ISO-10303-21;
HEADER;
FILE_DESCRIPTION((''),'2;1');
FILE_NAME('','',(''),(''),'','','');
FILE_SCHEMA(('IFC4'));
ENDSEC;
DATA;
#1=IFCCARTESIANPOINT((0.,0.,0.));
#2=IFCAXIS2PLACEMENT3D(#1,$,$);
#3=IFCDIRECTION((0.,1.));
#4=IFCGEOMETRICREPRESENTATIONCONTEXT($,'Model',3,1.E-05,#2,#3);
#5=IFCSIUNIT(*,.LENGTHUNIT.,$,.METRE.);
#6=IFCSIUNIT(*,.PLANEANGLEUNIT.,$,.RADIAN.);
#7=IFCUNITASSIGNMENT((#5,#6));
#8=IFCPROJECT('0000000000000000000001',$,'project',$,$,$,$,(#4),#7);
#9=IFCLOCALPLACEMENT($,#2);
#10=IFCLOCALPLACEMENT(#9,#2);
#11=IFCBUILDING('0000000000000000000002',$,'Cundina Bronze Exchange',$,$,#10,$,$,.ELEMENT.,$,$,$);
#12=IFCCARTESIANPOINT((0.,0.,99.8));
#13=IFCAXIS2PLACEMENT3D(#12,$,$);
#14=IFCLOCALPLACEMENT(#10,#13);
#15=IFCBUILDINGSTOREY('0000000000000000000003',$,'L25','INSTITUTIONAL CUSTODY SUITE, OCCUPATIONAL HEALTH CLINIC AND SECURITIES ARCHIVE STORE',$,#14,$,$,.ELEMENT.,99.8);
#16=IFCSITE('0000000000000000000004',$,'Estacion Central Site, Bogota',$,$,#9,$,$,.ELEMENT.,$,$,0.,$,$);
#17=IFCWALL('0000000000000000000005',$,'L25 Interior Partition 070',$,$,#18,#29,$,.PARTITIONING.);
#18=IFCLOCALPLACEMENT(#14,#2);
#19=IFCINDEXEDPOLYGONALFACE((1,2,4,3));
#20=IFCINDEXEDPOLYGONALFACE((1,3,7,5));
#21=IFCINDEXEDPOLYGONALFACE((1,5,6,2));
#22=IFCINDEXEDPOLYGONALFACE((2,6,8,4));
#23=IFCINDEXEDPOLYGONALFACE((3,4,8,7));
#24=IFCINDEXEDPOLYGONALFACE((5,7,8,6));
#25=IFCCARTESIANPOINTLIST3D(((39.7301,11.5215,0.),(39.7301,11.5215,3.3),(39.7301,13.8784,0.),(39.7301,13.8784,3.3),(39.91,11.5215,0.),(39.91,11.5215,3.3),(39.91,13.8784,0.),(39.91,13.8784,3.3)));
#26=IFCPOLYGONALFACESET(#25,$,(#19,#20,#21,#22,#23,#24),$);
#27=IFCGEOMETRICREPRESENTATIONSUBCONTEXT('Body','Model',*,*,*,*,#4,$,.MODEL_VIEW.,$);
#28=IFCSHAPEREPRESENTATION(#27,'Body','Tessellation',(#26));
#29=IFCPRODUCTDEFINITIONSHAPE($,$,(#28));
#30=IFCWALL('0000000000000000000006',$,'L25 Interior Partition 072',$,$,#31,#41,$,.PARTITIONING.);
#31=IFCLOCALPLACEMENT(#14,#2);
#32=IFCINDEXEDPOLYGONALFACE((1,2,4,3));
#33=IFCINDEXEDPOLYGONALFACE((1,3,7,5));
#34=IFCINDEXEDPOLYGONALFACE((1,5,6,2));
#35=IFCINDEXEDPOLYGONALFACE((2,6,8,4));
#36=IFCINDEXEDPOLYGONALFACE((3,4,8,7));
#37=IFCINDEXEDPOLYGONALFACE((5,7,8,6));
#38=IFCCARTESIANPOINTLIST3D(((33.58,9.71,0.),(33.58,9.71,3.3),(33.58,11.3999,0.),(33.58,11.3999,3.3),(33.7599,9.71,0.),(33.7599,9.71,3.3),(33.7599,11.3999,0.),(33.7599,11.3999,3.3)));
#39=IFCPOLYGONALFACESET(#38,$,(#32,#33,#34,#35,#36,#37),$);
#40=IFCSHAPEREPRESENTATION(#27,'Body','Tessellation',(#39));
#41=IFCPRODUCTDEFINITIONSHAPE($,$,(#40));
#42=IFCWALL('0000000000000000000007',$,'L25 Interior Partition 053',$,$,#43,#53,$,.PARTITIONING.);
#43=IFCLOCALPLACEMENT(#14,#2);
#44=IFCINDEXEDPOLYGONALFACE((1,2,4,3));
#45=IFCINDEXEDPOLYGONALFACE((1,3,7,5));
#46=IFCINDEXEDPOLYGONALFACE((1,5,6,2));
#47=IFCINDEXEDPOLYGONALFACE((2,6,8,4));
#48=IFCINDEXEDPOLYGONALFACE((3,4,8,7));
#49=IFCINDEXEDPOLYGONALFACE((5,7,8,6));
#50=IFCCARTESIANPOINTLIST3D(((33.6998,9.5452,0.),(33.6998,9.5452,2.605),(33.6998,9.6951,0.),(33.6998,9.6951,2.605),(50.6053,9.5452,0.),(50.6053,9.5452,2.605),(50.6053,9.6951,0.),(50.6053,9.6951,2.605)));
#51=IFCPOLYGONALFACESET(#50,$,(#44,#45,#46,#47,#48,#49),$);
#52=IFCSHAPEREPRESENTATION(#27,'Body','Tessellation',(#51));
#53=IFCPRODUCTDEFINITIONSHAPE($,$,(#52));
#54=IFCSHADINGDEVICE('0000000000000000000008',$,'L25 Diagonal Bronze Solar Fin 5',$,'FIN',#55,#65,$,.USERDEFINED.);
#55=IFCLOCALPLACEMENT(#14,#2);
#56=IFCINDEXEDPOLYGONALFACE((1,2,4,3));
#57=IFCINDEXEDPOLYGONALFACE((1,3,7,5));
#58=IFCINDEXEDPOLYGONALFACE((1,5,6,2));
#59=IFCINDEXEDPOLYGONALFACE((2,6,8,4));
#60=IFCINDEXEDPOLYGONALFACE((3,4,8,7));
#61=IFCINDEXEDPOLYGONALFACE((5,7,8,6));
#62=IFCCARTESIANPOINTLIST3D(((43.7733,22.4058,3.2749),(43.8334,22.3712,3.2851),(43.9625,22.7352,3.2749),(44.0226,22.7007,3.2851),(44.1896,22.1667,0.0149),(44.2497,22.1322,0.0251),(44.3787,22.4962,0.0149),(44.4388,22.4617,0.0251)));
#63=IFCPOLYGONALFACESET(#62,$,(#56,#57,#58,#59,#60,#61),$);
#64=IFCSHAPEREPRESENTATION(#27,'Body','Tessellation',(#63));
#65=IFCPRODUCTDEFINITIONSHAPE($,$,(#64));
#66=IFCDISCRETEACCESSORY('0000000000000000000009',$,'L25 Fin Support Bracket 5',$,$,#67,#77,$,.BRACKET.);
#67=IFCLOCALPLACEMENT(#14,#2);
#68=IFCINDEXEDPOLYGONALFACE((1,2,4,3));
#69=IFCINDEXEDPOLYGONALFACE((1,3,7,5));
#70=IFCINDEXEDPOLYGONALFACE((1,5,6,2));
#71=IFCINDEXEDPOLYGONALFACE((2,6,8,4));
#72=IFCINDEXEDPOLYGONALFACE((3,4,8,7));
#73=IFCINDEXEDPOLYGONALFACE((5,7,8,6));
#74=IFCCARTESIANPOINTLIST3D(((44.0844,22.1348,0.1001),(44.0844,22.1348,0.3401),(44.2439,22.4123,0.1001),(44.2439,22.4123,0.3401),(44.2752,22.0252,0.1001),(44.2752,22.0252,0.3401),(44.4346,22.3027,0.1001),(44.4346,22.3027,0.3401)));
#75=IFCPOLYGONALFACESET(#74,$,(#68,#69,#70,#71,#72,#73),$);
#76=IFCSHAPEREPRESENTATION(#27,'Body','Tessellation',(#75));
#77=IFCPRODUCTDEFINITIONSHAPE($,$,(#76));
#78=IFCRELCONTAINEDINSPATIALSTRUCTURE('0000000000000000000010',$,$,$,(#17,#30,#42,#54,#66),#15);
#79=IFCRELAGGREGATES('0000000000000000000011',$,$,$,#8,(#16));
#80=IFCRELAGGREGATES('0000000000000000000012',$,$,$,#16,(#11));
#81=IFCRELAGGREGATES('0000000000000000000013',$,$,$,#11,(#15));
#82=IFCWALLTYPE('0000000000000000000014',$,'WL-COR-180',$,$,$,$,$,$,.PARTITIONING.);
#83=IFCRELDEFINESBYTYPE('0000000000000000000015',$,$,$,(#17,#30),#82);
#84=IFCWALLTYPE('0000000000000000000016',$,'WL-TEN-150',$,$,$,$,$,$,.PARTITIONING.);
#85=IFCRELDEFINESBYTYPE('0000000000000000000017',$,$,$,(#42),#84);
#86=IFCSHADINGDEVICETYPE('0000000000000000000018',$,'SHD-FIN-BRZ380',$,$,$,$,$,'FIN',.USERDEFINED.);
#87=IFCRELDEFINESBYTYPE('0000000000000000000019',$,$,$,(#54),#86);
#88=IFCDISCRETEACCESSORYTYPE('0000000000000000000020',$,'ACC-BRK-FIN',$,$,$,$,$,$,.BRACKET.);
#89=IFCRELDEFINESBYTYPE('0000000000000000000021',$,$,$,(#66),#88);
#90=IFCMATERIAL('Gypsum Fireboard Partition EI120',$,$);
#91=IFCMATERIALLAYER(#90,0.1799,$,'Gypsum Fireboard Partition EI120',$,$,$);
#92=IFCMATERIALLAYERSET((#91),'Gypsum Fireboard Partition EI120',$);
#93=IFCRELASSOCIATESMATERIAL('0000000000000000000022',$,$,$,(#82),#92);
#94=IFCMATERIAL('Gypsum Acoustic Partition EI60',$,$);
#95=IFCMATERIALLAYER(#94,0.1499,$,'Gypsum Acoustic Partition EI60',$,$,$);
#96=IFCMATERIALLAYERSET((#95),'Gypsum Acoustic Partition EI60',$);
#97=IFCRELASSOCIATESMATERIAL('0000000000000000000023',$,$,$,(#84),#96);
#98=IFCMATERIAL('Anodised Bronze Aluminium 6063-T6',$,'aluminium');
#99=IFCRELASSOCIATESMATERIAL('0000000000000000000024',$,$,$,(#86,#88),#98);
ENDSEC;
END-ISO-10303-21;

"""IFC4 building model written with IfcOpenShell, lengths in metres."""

from ifc_helpers import new_model, si_unit, direction, frame, frame_2d, origin, origin_2d, place, context, subcontext, project, spatial, rectangle, extrude, material, layer, layer_set, material_profile, profile_set, type_object, element, save


model = new_model("IFC4")

# Units and contexts
model_context = context("Model", 3, precision=1e-05, world=origin(), true_north=direction((0.0, 1.0)))
body_context = subcontext(model_context, "Body", "Model", "MODEL_VIEW")
ifc_project = project(units=[si_unit("LENGTHUNIT", "METRE"), si_unit("PLANEANGLEUNIT", "RADIAN")], contexts=[model_context])

# Site, building, storey
site_placement = place(None, origin())
site = spatial("IfcSite", under=ifc_project, at=site_placement, Name="Estacion Central Site, Bogota", CompositionType="ELEMENT", RefElevation=0.0)
building_placement = place(site_placement, origin())
building = spatial("IfcBuilding", under=site, at=building_placement, Name="Cundina Bronze Exchange", CompositionType="ELEMENT")
storey_placement = place(building_placement, frame((0.0, 0.0, 99.8)))
storey = spatial("IfcBuildingStorey", under=building, at=storey_placement, Name="L25", Description="INSTITUTIONAL CUSTODY SUITE, OCCUPATIONAL HEALTH CLINIC AND SECURITIES ARCHIVE STORE", CompositionType="ELEMENT", Elevation=99.8)

# Shared definitions
ifc_material_1 = material(Name="Anodised Bronze Aluminium 6063-T6", Category="aluminium")

# Shared definitions
ifc_material_2 = material(Name="Gypsum Fireboard Partition EI120")
ifc_layer_1 = layer(ifc_material_2, 0.1799, Name="Gypsum Fireboard Partition EI120")
ifc_layer_set_1 = layer_set([ifc_layer_1], Name="Gypsum Fireboard Partition EI120")
wall_type_1 = type_object("IfcWallType", Name="WL-COR-180", PredefinedType="PARTITIONING", material=ifc_layer_set_1)

# Walls
wall_1_placement = place(storey_placement, frame((39.8201, 11.5215, 0.0), z_axis=(0.0, 0.0, 1.0), x_axis=(0.0, 1.0, 0.0)))
element("IfcWall", 1, at=wall_1_placement, inside=storey, type_object=wall_type_1, Name="L25 Interior Partition 070", PredefinedType="PARTITIONING", context=body_context, shape_type="SweptSolid", body=[
    extrude(rectangle(XDim=2.3569, YDim=0.1799, at=frame_2d((1.1785, 0.0))), origin(), (0.0, 0.0, 1.0), 3.3),
])
wall_2_placement = place(storey_placement, frame((33.6699, 9.71, 0.0), z_axis=(0.0, 0.0, 1.0), x_axis=(0.0, 1.0, 0.0)))
element("IfcWall", 2, at=wall_2_placement, inside=storey, type_object=wall_type_1, Name="L25 Interior Partition 072", PredefinedType="PARTITIONING", context=body_context, shape_type="SweptSolid", body=[
    extrude(rectangle(XDim=1.6899, YDim=0.1799, at=frame_2d((0.845, 0.0))), origin(), (0.0, 0.0, 1.0), 3.3),
])
ifc_material_3 = material(Name="Gypsum Acoustic Partition EI60")
ifc_layer_2 = layer(ifc_material_3, 0.1499, Name="Gypsum Acoustic Partition EI60")
ifc_layer_set_2 = layer_set([ifc_layer_2], Name="Gypsum Acoustic Partition EI60")
wall_type_2 = type_object("IfcWallType", Name="WL-TEN-150", PredefinedType="PARTITIONING", material=ifc_layer_set_2)
wall_3_placement = place(storey_placement, frame((33.7, 9.6201, 0.0), z_axis=(0.0, 0.0, 1.0), x_axis=(1.0, 0.0, 0.0)))
element("IfcWall", 3, at=wall_3_placement, inside=storey, type_object=wall_type_2, Name="L25 Interior Partition 053", PredefinedType="PARTITIONING", context=body_context, shape_type="SweptSolid", body=[
    extrude(rectangle(XDim=16.9055, YDim=0.1499, at=frame_2d((8.4526, 0.0))), origin(), (0.0, 0.0, 1.0), 2.605),
])

# Shading device
ifc_material_profile_1 = material_profile(ifc_material_1, rectangle(XDim=0.0701, YDim=0.3799, at=origin_2d()), Name="FIN70X380", Category="aluminium")
ifc_profile_set_1 = profile_set([ifc_material_profile_1], Name="Anodised Bronze Aluminium 6063-T6")
shading_device_type = type_object("IfcShadingDeviceType", Name="SHD-FIN-BRZ380", ElementType="FIN", PredefinedType="USERDEFINED", material=ifc_profile_set_1)
shading_device_placement = place(storey_placement, frame((44.3142, 22.3142, 0.02), z_axis=(-0.126325, 0.072535, 0.989333), x_axis=(0.857958, -0.492634, 0.145668)))
element("IfcShadingDevice", 4, at=shading_device_placement, inside=storey, type_object=shading_device_type, Name="L25 Diagonal Bronze Solar Fin 5", ObjectType="FIN", PredefinedType="USERDEFINED", context=body_context, shape_type="SweptSolid", body=[
    extrude(rectangle(XDim=0.0701, YDim=0.3799, at=origin_2d()), origin(), (0.0, 0.0, 1.0), 3.2952),
])

# Discrete accessory
discrete_accessory_type = type_object("IfcDiscreteAccessoryType", Name="ACC-BRK-FIN", PredefinedType="BRACKET", material=ifc_material_1)
discrete_accessory_placement = place(storey_placement, frame((44.2595, 22.2188, 0.1001), z_axis=(0.0, 0.0, 1.0), x_axis=(-0.867105, 0.498125, 0.0)))
element("IfcDiscreteAccessory", 5, at=discrete_accessory_placement, inside=storey, type_object=discrete_accessory_type, Name="L25 Fin Support Bracket 5", PredefinedType="BRACKET", context=body_context, shape_type="SweptSolid", body=[
    extrude(rectangle(XDim=0.22, YDim=0.3201, at=origin_2d()), origin(), (0.0, 0.0, 1.0), 0.24),
])

save(model, "model.ifc")
